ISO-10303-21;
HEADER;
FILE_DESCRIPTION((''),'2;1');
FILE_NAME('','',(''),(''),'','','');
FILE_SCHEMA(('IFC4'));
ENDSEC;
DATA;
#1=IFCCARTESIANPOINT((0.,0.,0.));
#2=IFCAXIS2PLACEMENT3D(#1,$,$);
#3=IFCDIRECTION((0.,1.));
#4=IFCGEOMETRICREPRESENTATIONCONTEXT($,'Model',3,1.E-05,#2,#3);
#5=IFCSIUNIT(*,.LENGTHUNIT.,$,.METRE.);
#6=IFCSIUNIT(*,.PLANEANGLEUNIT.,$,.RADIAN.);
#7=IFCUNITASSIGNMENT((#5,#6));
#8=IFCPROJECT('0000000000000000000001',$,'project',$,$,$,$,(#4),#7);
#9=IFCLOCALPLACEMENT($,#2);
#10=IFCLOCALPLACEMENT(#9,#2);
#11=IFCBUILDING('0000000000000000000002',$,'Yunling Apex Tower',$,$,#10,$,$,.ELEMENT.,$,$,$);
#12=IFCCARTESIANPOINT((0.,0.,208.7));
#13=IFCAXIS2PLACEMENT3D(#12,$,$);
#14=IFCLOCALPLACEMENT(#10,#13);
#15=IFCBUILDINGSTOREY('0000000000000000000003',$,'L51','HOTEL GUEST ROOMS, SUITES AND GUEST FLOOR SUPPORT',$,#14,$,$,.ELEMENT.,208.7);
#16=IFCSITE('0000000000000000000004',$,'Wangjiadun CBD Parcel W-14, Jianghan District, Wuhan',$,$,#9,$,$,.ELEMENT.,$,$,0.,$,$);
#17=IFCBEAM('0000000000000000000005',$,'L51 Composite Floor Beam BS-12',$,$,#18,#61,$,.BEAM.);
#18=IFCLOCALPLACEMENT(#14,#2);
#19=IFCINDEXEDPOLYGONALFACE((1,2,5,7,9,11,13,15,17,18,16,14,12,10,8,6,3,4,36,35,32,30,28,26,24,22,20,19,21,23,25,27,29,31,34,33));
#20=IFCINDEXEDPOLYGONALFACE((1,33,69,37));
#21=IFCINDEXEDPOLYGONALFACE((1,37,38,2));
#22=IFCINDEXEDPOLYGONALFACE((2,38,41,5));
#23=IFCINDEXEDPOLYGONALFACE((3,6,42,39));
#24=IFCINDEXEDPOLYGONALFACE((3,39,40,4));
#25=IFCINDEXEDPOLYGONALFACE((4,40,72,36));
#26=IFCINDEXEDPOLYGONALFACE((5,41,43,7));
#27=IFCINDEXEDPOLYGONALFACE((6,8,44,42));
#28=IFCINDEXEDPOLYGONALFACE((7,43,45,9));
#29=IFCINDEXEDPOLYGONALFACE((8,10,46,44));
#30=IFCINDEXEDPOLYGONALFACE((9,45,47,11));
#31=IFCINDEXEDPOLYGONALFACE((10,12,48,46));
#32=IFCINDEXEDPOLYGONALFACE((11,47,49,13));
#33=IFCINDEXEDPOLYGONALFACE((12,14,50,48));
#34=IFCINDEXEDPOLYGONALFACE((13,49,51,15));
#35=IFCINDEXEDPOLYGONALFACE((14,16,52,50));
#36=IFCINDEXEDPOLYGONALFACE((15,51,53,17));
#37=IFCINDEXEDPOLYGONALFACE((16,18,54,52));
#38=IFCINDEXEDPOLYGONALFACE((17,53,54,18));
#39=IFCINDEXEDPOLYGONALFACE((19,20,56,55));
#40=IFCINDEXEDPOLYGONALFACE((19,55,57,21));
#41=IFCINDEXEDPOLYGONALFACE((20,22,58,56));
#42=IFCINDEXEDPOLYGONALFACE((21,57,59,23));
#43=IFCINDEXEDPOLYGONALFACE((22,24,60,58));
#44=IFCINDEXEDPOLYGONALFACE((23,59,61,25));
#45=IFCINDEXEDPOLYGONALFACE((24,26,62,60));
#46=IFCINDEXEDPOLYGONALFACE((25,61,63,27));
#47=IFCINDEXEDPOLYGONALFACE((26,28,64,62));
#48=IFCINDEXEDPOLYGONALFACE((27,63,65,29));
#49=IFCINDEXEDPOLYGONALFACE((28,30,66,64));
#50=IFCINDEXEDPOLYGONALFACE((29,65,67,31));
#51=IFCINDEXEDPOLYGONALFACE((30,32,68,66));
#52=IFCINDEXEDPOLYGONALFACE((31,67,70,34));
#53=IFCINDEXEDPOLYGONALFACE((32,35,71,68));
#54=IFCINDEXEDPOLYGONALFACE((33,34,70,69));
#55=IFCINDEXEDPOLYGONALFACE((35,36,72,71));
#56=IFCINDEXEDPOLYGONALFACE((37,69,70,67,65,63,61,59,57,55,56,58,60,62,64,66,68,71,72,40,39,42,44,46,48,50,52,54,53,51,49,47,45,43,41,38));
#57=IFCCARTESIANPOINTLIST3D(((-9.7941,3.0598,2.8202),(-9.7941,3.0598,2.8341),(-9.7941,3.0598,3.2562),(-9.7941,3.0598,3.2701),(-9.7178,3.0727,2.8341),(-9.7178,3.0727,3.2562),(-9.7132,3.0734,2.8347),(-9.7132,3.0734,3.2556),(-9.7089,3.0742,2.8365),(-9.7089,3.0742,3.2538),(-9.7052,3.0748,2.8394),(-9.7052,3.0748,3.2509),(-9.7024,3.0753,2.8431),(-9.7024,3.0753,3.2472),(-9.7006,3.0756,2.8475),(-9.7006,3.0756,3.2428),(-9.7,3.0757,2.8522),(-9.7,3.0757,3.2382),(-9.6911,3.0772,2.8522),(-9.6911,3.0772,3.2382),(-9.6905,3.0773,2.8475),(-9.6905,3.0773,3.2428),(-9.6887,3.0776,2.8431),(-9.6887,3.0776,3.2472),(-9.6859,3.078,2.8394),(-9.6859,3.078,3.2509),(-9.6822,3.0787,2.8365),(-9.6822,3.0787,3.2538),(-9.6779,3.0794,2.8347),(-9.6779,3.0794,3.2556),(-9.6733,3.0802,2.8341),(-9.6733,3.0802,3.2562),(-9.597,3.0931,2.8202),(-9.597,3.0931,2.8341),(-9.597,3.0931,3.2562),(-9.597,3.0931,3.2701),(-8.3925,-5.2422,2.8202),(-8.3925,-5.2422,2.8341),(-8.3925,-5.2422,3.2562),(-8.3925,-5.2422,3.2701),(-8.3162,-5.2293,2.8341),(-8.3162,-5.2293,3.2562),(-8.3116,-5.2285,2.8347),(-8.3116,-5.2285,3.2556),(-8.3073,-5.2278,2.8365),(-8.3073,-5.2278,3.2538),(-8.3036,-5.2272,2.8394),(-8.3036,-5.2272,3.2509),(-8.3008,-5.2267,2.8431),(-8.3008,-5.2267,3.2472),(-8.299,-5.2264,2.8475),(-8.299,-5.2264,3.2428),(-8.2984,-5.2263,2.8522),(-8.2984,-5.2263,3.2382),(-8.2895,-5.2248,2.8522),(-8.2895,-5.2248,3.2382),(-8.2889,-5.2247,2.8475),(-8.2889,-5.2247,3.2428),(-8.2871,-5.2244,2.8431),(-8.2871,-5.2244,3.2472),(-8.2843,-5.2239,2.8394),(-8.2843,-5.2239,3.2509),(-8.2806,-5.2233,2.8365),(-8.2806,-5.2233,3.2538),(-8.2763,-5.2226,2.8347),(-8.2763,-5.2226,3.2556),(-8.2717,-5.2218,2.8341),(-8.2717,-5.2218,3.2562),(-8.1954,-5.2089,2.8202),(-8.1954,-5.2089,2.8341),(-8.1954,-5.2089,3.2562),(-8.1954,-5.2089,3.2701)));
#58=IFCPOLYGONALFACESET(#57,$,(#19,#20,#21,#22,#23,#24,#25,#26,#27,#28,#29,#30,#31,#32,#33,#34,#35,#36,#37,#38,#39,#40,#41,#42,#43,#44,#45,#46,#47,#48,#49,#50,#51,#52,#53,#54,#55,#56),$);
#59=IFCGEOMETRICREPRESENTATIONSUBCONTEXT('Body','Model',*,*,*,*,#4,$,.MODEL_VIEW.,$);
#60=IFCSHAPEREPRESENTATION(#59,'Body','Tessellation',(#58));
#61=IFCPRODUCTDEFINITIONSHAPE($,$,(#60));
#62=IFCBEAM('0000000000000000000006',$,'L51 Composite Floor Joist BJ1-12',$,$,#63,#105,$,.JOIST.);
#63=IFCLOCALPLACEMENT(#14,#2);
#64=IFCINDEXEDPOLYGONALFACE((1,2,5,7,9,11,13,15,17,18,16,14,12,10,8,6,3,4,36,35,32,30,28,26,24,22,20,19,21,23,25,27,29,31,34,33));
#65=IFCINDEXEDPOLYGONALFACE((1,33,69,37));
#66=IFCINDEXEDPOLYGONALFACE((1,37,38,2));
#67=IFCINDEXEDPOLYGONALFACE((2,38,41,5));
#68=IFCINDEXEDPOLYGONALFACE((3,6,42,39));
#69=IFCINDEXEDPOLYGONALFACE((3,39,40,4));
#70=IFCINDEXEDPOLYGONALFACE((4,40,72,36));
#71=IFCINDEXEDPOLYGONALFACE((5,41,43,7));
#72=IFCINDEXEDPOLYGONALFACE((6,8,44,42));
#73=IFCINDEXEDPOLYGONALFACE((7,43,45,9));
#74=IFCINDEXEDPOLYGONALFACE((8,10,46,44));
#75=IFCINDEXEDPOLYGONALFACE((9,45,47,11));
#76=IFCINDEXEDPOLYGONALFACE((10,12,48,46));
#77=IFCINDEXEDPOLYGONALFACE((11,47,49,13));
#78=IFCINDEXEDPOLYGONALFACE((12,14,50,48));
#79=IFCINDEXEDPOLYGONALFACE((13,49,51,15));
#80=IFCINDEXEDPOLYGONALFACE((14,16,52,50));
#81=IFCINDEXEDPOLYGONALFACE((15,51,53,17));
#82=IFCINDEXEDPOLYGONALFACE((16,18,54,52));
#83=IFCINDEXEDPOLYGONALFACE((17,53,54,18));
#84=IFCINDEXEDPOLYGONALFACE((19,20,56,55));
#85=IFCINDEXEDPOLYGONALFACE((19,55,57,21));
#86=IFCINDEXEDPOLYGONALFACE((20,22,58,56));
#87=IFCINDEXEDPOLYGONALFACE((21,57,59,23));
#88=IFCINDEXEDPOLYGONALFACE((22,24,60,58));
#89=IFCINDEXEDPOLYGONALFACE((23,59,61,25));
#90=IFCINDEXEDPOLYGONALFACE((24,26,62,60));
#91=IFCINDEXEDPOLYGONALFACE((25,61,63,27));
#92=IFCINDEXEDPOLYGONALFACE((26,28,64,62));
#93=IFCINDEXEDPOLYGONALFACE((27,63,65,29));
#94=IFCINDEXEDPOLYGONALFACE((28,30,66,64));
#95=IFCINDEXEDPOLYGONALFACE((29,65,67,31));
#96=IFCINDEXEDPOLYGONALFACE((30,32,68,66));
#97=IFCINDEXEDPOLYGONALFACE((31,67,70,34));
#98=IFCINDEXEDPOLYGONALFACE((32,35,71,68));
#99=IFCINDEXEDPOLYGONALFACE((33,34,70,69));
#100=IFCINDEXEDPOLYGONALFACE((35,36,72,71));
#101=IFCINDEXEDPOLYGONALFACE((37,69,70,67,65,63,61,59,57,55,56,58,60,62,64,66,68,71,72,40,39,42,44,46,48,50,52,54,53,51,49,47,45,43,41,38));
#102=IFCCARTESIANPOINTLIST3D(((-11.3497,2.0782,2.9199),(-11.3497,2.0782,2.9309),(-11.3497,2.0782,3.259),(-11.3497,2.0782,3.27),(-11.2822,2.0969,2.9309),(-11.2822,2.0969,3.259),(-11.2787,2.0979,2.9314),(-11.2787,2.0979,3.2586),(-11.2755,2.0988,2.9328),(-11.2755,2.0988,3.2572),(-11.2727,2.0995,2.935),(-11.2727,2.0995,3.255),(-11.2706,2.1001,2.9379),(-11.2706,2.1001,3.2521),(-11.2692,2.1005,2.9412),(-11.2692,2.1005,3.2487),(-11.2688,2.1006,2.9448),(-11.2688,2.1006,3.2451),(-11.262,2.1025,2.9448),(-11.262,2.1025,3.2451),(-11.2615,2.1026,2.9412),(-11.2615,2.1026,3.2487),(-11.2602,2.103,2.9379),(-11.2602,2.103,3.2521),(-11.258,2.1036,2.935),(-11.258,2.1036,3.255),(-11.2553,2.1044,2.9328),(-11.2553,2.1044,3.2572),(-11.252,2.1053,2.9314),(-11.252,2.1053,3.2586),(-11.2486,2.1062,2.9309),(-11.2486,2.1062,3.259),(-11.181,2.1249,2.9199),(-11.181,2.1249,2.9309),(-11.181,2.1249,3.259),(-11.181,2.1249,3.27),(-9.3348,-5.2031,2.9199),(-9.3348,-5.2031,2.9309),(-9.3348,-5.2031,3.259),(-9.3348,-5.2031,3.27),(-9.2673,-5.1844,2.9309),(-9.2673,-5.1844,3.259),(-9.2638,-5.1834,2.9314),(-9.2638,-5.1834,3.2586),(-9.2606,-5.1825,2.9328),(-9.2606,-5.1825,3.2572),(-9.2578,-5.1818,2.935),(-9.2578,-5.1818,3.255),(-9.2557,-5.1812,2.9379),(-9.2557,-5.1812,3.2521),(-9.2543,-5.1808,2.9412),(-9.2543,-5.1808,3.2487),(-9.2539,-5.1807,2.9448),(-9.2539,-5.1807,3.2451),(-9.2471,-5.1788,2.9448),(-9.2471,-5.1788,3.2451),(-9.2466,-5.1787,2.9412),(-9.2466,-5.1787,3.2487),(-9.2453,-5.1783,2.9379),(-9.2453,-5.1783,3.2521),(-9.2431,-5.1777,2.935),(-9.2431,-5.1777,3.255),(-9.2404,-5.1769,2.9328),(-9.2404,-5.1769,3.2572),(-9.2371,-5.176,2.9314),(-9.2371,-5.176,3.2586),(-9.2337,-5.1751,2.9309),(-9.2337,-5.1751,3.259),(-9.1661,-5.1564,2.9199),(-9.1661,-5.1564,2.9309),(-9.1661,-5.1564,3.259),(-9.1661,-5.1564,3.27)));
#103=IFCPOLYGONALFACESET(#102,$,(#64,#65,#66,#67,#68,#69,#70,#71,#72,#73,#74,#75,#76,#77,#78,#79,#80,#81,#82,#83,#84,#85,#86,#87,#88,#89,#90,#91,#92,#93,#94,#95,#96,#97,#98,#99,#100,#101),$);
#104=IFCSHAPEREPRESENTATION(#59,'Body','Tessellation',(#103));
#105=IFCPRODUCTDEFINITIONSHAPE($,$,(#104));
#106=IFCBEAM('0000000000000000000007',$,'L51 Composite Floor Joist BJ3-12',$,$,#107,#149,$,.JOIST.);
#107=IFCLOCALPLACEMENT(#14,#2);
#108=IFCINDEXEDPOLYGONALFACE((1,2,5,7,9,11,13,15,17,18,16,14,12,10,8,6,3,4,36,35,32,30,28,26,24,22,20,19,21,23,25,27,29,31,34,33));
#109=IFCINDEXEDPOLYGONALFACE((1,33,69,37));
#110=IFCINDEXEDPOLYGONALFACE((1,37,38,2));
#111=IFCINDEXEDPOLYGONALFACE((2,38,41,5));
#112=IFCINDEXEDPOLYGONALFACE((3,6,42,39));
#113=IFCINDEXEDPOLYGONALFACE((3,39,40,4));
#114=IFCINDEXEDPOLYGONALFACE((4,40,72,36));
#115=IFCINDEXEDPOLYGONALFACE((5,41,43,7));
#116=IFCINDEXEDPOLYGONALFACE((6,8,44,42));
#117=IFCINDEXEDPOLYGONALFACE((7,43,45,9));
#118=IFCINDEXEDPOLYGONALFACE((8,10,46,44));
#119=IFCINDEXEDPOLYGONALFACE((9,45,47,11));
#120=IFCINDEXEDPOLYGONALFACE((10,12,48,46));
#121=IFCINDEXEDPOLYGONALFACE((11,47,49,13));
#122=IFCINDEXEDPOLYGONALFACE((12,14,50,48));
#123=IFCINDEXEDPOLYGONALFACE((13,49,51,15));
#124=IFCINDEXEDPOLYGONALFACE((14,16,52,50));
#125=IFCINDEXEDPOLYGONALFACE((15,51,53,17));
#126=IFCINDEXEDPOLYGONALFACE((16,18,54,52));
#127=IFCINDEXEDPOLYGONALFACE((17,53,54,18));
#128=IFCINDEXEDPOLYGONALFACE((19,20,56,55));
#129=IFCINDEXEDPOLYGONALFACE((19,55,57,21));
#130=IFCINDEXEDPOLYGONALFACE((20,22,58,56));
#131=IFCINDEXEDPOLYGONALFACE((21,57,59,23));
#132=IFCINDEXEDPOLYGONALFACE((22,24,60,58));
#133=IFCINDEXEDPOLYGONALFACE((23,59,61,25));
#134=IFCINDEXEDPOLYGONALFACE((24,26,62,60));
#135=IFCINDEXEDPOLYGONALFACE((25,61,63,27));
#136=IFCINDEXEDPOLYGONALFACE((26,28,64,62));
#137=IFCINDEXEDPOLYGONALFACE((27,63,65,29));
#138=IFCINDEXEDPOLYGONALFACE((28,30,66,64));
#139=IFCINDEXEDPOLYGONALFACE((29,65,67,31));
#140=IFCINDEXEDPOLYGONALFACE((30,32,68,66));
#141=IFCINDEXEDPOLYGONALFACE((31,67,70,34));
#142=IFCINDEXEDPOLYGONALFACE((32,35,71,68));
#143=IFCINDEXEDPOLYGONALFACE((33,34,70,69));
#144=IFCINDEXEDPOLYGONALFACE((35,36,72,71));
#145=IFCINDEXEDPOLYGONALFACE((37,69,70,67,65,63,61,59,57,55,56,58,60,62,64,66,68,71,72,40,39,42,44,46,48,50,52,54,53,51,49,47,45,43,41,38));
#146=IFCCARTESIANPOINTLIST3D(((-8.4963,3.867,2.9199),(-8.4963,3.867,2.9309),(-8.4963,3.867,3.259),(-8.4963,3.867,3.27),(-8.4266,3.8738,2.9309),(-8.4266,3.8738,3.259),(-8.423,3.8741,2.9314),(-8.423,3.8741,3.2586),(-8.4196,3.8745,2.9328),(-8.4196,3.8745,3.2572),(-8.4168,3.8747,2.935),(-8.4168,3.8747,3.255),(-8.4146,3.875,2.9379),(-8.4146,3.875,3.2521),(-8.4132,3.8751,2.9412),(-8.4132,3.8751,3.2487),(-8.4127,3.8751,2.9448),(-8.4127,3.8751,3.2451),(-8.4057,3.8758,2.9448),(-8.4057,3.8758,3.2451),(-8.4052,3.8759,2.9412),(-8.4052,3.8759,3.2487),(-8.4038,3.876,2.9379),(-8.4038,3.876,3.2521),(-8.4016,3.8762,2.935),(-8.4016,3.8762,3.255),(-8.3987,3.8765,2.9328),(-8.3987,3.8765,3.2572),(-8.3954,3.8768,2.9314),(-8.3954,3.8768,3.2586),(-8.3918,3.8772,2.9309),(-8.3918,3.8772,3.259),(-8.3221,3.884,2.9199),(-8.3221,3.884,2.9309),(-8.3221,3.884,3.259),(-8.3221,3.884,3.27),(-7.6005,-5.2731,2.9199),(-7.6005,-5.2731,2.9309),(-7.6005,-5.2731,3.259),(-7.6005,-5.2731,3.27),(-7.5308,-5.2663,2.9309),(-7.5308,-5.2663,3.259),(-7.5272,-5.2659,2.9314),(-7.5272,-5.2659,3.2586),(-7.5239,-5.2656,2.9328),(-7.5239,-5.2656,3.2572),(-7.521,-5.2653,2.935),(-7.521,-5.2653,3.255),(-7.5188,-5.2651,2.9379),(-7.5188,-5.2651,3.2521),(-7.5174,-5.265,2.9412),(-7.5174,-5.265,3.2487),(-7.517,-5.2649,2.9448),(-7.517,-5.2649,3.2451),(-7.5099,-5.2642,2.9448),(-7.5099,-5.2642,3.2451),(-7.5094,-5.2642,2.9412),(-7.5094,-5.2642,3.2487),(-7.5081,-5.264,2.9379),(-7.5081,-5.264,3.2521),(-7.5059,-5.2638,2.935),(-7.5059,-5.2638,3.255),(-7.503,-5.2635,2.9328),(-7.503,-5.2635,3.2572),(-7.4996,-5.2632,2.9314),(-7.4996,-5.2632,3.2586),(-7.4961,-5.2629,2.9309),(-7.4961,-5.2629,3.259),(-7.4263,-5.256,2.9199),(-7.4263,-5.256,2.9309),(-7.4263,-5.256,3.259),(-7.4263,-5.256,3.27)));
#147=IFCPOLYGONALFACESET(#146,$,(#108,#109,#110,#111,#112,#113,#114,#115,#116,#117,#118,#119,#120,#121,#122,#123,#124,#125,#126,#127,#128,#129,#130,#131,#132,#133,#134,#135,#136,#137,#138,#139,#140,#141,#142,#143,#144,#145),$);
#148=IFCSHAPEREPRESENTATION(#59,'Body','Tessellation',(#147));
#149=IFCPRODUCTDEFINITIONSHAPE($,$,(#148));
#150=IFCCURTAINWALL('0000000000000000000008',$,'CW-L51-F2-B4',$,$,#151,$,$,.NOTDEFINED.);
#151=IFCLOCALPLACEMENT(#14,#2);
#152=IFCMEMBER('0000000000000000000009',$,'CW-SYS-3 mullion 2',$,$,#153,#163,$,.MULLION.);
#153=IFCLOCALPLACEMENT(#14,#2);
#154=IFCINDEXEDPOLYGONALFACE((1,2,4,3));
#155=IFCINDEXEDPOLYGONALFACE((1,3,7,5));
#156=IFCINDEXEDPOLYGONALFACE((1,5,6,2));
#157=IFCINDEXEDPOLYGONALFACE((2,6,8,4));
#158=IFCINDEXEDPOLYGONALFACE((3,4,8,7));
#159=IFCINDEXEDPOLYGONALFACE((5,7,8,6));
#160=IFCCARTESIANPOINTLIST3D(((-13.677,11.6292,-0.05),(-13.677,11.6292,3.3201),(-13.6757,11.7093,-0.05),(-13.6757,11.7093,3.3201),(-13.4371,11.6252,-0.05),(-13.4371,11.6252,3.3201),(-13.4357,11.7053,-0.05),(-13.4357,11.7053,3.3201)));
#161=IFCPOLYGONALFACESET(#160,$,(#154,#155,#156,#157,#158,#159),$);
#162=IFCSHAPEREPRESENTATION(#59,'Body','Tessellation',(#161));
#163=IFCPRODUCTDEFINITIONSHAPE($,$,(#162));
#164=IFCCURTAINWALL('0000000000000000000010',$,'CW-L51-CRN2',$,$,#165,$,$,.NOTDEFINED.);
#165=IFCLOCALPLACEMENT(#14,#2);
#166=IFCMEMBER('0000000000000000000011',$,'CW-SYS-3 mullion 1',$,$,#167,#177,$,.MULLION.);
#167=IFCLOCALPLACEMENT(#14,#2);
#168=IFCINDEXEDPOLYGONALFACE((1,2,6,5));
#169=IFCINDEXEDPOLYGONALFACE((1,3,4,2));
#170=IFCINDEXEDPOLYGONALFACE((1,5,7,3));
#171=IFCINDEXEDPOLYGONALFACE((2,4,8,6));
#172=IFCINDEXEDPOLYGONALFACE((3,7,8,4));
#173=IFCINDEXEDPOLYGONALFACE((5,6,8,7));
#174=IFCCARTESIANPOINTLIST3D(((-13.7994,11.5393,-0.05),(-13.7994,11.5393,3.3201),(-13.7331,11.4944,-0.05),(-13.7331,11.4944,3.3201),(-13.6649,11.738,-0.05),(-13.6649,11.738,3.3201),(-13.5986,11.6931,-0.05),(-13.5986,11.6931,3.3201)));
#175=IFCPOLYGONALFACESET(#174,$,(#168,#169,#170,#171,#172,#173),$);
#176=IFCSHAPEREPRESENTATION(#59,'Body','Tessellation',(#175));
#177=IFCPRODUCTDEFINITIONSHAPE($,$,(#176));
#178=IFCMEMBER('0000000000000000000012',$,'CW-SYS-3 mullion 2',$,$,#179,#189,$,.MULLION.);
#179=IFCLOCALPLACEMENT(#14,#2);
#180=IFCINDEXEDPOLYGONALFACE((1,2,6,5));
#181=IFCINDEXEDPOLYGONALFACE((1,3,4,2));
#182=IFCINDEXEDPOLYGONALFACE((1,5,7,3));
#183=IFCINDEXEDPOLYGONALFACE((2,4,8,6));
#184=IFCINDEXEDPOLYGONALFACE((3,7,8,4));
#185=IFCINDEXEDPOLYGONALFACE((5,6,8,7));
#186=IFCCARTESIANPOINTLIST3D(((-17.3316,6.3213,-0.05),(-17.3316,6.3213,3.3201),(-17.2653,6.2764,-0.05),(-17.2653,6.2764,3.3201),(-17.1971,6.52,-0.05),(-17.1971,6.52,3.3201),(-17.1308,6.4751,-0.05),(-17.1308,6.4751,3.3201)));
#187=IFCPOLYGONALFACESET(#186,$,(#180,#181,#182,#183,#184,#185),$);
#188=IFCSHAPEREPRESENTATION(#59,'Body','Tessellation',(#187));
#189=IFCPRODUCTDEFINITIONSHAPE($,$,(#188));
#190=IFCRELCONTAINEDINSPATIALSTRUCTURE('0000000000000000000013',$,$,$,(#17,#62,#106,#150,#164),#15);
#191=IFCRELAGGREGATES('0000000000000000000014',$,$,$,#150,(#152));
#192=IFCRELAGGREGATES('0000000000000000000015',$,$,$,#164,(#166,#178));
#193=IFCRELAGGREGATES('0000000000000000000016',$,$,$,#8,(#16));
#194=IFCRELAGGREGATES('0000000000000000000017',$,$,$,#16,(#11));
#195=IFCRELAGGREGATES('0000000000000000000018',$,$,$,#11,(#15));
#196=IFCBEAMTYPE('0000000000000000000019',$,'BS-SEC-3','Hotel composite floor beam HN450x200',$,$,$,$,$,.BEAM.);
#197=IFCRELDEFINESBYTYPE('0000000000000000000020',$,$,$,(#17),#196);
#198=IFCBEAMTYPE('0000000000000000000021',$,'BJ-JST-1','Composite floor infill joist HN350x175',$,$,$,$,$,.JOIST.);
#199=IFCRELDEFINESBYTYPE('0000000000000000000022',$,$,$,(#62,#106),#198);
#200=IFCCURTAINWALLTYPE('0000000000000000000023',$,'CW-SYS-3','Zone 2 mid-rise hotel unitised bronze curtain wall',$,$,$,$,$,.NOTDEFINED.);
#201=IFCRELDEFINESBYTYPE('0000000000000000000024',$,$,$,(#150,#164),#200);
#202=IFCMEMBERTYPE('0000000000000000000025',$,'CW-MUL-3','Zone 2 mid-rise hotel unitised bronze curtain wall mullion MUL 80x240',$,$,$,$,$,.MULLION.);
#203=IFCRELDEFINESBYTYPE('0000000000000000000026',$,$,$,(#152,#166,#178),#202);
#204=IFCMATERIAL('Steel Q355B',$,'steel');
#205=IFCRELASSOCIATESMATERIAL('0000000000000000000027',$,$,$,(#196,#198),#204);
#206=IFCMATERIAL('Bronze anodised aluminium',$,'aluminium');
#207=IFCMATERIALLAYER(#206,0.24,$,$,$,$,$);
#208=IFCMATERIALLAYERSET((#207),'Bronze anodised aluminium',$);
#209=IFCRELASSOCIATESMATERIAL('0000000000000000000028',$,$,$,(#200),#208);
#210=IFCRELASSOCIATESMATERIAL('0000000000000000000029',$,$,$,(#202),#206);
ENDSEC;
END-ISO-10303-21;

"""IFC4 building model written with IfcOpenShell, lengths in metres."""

from ifc_helpers import new_model, si_unit, direction, frame, origin, origin_2d, place, context, subcontext, project, spatial, rectangle, i_section, extrude, source, transform, mapped, material, layer, layer_set, material_profile, profile_set, type_object, element, aggregate, save


model = new_model("IFC4")

# Units and contexts
model_context = context("Model", 3, precision=1e-05, world=origin(), true_north=direction((0.0, 1.0)))
body_context = subcontext(model_context, "Body", "Model", "MODEL_VIEW")
ifc_project = project(units=[si_unit("LENGTHUNIT", "METRE"), si_unit("PLANEANGLEUNIT", "RADIAN")], contexts=[model_context])

# Site, building, storey
site_placement = place(None, origin())
site = spatial("IfcSite", under=ifc_project, at=site_placement, Name="Wangjiadun CBD Parcel W-14, Jianghan District, Wuhan", CompositionType="ELEMENT", RefElevation=0.0)
building_placement = place(site_placement, origin())
building = spatial("IfcBuilding", under=site, at=building_placement, Name="Yunling Apex Tower", CompositionType="ELEMENT")
storey_placement = place(building_placement, frame((0.0, 0.0, 208.7)))
storey = spatial("IfcBuildingStorey", under=building, at=storey_placement, Name="L51", Description="HOTEL GUEST ROOMS, SUITES AND GUEST FLOOR SUPPORT", CompositionType="ELEMENT", Elevation=208.7)

# Beams
ifc_material_1 = material(Name="Steel Q355B", Category="steel")
ifc_material_profile_1 = material_profile(ifc_material_1, i_section(OverallWidth=0.2, OverallDepth=0.45, WebThickness=0.009, FlangeThickness=0.0139, FilletRadius=0.0181, at=origin_2d()))
ifc_profile_set_1 = profile_set([ifc_material_profile_1], Name="Steel Q355B")
beam_type_1 = type_object("IfcBeamType", Name="BS-SEC-3", Description="Hotel composite floor beam HN450x200", PredefinedType="BEAM", material=ifc_profile_set_1)
ifc_material_profile_2 = material_profile(ifc_material_1, i_section(OverallWidth=0.175, OverallDepth=0.3501, WebThickness=0.0071, FlangeThickness=0.011, FilletRadius=0.0139, at=origin_2d()))
ifc_profile_set_2 = profile_set([ifc_material_profile_2], Name="Steel Q355B")
beam_type_2 = type_object("IfcBeamType", Name="BJ-JST-1", Description="Composite floor infill joist HN350x175", PredefinedType="JOIST", material=ifc_profile_set_2)
shared_shape_1 = source(origin(), body_context, "Body", "SweptSolid", [
    extrude(i_section(OverallWidth=0.2, OverallDepth=0.45, WebThickness=0.009, FlangeThickness=0.0139, FilletRadius=0.0181, at=origin_2d()), origin(), (0.0, 0.0, 1.0), 8.4194),
])
beam_1_placement = place(storey_placement, frame((-9.6956, 3.0764, 3.0452), z_axis=(0.166472, -0.986046, 0.0), x_axis=(0.986046, 0.166472, 0.0)))
element("IfcBeam", 1, at=beam_1_placement, inside=storey, type_object=beam_type_1, Name="L51 Composite Floor Beam BS-12", PredefinedType="BEAM", context=body_context, shape_type="MappedRepresentation", body=[
    mapped(shared_shape_1, transform((0.0, 0.0, 0.0), scale=1.0)),
])
shared_shape_2 = source(origin(), body_context, "Body", "SweptSolid", [
    extrude(i_section(OverallWidth=0.175, OverallDepth=0.3501, WebThickness=0.0071, FlangeThickness=0.011, FilletRadius=0.0139, at=origin_2d()), origin(), (0.0, 0.0, 1.0), 7.5549),
])
beam_2_placement = place(storey_placement, frame((-11.2654, 2.1016, 3.095), z_axis=(0.2667, -0.963779, 0.0), x_axis=(0.963779, 0.2667, 0.0)))
element("IfcBeam", 2, at=beam_2_placement, inside=storey, type_object=beam_type_2, Name="L51 Composite Floor Joist BJ1-12", PredefinedType="JOIST", context=body_context, shape_type="MappedRepresentation", body=[
    mapped(shared_shape_2, transform((0.0, 0.0, 0.0), scale=1.0)),
])
shared_shape_3 = source(origin(), body_context, "Body", "SweptSolid", [
    extrude(i_section(OverallWidth=0.175, OverallDepth=0.3501, WebThickness=0.0071, FlangeThickness=0.011, FilletRadius=0.0139, at=origin_2d()), origin(), (0.0, 0.0, 1.0), 9.1838),
])
beam_3_placement = place(storey_placement, frame((-8.4092, 3.8755, 3.095), z_axis=(0.097535, -0.995232, 0.0), x_axis=(0.995232, 0.097535, 0.0)))
element("IfcBeam", 3, at=beam_3_placement, inside=storey, type_object=beam_type_2, Name="L51 Composite Floor Joist BJ3-12", PredefinedType="JOIST", context=body_context, shape_type="MappedRepresentation", body=[
    mapped(shared_shape_3, transform((0.0, 0.0, 0.0), scale=1.0)),
])

# Curtain wall, member
ifc_material_2 = material(Name="Bronze anodised aluminium", Category="aluminium")
ifc_layer_1 = layer(ifc_material_2, 0.24)
ifc_layer_set_1 = layer_set([ifc_layer_1], Name="Bronze anodised aluminium")
curtain_wall_type = type_object("IfcCurtainWallType", Name="CW-SYS-3", Description="Zone 2 mid-rise hotel unitised bronze curtain wall", PredefinedType="NOTDEFINED", material=ifc_layer_set_1)
curtain_wall_1_placement = place(storey_placement, origin())
curtain_wall_1 = element("IfcCurtainWall", 4, at=curtain_wall_1_placement, inside=storey, type_object=curtain_wall_type, Name="CW-L51-F2-B4", PredefinedType="NOTDEFINED")
ifc_material_profile_3 = material_profile(ifc_material_2, rectangle(XDim=0.0801, YDim=0.24, at=origin_2d()))
ifc_profile_set_3 = profile_set([ifc_material_profile_3], Name="Bronze anodised aluminium")
member_type_1 = type_object("IfcMemberType", Name="CW-MUL-3", Description="Zone 2 mid-rise hotel unitised bronze curtain wall mullion MUL 80x240", PredefinedType="MULLION", material=ifc_profile_set_3)
shared_shape_4 = source(origin(), body_context, "Body", "SweptSolid", [
    extrude(rectangle(XDim=0.0801, YDim=0.24, at=origin_2d()), origin(), (0.0, 0.0, 1.0), 3.3701),
])
member_1_placement = place(storey_placement, frame((-13.5564, 11.6672, -0.05), z_axis=(0.0, 0.0, 1.0), x_axis=(-0.016761, -0.99986, 0.0)))
member_1 = element("IfcMember", 5, at=member_1_placement, type_object=member_type_1, Name="CW-SYS-3 mullion 2", PredefinedType="MULLION", context=body_context, shape_type="MappedRepresentation", body=[
    mapped(shared_shape_4, transform((0.0, 0.0, 0.0), scale=1.0)),
])

# Curtain wall, members
curtain_wall_2_placement = place(storey_placement, origin())
curtain_wall_2 = element("IfcCurtainWall", 6, at=curtain_wall_2_placement, inside=storey, type_object=curtain_wall_type, Name="CW-L51-CRN2", PredefinedType="NOTDEFINED")
member_2_placement = place(storey_placement, frame((-13.699, 11.6162, -0.05), z_axis=(0.0, 0.0, 1.0), x_axis=(0.828107, -0.56057, 0.0)))
member_2 = element("IfcMember", 7, at=member_2_placement, type_object=member_type_1, Name="CW-SYS-3 mullion 1", PredefinedType="MULLION", context=body_context, shape_type="MappedRepresentation", body=[
    mapped(shared_shape_4, transform((0.0, 0.0, 0.0), scale=1.0)),
])
member_3_placement = place(storey_placement, frame((-17.2312, 6.3982, -0.05), z_axis=(0.0, 0.0, 1.0), x_axis=(0.828107, -0.56057, 0.0)))
member_3 = element("IfcMember", 8, at=member_3_placement, type_object=member_type_1, Name="CW-SYS-3 mullion 2", PredefinedType="MULLION", context=body_context, shape_type="MappedRepresentation", body=[
    mapped(shared_shape_4, transform((0.0, 0.0, 0.0), scale=1.0)),
])

aggregate(curtain_wall_1, [member_1])
aggregate(curtain_wall_2, [member_2, member_3])

save(model, "model.ifc")
